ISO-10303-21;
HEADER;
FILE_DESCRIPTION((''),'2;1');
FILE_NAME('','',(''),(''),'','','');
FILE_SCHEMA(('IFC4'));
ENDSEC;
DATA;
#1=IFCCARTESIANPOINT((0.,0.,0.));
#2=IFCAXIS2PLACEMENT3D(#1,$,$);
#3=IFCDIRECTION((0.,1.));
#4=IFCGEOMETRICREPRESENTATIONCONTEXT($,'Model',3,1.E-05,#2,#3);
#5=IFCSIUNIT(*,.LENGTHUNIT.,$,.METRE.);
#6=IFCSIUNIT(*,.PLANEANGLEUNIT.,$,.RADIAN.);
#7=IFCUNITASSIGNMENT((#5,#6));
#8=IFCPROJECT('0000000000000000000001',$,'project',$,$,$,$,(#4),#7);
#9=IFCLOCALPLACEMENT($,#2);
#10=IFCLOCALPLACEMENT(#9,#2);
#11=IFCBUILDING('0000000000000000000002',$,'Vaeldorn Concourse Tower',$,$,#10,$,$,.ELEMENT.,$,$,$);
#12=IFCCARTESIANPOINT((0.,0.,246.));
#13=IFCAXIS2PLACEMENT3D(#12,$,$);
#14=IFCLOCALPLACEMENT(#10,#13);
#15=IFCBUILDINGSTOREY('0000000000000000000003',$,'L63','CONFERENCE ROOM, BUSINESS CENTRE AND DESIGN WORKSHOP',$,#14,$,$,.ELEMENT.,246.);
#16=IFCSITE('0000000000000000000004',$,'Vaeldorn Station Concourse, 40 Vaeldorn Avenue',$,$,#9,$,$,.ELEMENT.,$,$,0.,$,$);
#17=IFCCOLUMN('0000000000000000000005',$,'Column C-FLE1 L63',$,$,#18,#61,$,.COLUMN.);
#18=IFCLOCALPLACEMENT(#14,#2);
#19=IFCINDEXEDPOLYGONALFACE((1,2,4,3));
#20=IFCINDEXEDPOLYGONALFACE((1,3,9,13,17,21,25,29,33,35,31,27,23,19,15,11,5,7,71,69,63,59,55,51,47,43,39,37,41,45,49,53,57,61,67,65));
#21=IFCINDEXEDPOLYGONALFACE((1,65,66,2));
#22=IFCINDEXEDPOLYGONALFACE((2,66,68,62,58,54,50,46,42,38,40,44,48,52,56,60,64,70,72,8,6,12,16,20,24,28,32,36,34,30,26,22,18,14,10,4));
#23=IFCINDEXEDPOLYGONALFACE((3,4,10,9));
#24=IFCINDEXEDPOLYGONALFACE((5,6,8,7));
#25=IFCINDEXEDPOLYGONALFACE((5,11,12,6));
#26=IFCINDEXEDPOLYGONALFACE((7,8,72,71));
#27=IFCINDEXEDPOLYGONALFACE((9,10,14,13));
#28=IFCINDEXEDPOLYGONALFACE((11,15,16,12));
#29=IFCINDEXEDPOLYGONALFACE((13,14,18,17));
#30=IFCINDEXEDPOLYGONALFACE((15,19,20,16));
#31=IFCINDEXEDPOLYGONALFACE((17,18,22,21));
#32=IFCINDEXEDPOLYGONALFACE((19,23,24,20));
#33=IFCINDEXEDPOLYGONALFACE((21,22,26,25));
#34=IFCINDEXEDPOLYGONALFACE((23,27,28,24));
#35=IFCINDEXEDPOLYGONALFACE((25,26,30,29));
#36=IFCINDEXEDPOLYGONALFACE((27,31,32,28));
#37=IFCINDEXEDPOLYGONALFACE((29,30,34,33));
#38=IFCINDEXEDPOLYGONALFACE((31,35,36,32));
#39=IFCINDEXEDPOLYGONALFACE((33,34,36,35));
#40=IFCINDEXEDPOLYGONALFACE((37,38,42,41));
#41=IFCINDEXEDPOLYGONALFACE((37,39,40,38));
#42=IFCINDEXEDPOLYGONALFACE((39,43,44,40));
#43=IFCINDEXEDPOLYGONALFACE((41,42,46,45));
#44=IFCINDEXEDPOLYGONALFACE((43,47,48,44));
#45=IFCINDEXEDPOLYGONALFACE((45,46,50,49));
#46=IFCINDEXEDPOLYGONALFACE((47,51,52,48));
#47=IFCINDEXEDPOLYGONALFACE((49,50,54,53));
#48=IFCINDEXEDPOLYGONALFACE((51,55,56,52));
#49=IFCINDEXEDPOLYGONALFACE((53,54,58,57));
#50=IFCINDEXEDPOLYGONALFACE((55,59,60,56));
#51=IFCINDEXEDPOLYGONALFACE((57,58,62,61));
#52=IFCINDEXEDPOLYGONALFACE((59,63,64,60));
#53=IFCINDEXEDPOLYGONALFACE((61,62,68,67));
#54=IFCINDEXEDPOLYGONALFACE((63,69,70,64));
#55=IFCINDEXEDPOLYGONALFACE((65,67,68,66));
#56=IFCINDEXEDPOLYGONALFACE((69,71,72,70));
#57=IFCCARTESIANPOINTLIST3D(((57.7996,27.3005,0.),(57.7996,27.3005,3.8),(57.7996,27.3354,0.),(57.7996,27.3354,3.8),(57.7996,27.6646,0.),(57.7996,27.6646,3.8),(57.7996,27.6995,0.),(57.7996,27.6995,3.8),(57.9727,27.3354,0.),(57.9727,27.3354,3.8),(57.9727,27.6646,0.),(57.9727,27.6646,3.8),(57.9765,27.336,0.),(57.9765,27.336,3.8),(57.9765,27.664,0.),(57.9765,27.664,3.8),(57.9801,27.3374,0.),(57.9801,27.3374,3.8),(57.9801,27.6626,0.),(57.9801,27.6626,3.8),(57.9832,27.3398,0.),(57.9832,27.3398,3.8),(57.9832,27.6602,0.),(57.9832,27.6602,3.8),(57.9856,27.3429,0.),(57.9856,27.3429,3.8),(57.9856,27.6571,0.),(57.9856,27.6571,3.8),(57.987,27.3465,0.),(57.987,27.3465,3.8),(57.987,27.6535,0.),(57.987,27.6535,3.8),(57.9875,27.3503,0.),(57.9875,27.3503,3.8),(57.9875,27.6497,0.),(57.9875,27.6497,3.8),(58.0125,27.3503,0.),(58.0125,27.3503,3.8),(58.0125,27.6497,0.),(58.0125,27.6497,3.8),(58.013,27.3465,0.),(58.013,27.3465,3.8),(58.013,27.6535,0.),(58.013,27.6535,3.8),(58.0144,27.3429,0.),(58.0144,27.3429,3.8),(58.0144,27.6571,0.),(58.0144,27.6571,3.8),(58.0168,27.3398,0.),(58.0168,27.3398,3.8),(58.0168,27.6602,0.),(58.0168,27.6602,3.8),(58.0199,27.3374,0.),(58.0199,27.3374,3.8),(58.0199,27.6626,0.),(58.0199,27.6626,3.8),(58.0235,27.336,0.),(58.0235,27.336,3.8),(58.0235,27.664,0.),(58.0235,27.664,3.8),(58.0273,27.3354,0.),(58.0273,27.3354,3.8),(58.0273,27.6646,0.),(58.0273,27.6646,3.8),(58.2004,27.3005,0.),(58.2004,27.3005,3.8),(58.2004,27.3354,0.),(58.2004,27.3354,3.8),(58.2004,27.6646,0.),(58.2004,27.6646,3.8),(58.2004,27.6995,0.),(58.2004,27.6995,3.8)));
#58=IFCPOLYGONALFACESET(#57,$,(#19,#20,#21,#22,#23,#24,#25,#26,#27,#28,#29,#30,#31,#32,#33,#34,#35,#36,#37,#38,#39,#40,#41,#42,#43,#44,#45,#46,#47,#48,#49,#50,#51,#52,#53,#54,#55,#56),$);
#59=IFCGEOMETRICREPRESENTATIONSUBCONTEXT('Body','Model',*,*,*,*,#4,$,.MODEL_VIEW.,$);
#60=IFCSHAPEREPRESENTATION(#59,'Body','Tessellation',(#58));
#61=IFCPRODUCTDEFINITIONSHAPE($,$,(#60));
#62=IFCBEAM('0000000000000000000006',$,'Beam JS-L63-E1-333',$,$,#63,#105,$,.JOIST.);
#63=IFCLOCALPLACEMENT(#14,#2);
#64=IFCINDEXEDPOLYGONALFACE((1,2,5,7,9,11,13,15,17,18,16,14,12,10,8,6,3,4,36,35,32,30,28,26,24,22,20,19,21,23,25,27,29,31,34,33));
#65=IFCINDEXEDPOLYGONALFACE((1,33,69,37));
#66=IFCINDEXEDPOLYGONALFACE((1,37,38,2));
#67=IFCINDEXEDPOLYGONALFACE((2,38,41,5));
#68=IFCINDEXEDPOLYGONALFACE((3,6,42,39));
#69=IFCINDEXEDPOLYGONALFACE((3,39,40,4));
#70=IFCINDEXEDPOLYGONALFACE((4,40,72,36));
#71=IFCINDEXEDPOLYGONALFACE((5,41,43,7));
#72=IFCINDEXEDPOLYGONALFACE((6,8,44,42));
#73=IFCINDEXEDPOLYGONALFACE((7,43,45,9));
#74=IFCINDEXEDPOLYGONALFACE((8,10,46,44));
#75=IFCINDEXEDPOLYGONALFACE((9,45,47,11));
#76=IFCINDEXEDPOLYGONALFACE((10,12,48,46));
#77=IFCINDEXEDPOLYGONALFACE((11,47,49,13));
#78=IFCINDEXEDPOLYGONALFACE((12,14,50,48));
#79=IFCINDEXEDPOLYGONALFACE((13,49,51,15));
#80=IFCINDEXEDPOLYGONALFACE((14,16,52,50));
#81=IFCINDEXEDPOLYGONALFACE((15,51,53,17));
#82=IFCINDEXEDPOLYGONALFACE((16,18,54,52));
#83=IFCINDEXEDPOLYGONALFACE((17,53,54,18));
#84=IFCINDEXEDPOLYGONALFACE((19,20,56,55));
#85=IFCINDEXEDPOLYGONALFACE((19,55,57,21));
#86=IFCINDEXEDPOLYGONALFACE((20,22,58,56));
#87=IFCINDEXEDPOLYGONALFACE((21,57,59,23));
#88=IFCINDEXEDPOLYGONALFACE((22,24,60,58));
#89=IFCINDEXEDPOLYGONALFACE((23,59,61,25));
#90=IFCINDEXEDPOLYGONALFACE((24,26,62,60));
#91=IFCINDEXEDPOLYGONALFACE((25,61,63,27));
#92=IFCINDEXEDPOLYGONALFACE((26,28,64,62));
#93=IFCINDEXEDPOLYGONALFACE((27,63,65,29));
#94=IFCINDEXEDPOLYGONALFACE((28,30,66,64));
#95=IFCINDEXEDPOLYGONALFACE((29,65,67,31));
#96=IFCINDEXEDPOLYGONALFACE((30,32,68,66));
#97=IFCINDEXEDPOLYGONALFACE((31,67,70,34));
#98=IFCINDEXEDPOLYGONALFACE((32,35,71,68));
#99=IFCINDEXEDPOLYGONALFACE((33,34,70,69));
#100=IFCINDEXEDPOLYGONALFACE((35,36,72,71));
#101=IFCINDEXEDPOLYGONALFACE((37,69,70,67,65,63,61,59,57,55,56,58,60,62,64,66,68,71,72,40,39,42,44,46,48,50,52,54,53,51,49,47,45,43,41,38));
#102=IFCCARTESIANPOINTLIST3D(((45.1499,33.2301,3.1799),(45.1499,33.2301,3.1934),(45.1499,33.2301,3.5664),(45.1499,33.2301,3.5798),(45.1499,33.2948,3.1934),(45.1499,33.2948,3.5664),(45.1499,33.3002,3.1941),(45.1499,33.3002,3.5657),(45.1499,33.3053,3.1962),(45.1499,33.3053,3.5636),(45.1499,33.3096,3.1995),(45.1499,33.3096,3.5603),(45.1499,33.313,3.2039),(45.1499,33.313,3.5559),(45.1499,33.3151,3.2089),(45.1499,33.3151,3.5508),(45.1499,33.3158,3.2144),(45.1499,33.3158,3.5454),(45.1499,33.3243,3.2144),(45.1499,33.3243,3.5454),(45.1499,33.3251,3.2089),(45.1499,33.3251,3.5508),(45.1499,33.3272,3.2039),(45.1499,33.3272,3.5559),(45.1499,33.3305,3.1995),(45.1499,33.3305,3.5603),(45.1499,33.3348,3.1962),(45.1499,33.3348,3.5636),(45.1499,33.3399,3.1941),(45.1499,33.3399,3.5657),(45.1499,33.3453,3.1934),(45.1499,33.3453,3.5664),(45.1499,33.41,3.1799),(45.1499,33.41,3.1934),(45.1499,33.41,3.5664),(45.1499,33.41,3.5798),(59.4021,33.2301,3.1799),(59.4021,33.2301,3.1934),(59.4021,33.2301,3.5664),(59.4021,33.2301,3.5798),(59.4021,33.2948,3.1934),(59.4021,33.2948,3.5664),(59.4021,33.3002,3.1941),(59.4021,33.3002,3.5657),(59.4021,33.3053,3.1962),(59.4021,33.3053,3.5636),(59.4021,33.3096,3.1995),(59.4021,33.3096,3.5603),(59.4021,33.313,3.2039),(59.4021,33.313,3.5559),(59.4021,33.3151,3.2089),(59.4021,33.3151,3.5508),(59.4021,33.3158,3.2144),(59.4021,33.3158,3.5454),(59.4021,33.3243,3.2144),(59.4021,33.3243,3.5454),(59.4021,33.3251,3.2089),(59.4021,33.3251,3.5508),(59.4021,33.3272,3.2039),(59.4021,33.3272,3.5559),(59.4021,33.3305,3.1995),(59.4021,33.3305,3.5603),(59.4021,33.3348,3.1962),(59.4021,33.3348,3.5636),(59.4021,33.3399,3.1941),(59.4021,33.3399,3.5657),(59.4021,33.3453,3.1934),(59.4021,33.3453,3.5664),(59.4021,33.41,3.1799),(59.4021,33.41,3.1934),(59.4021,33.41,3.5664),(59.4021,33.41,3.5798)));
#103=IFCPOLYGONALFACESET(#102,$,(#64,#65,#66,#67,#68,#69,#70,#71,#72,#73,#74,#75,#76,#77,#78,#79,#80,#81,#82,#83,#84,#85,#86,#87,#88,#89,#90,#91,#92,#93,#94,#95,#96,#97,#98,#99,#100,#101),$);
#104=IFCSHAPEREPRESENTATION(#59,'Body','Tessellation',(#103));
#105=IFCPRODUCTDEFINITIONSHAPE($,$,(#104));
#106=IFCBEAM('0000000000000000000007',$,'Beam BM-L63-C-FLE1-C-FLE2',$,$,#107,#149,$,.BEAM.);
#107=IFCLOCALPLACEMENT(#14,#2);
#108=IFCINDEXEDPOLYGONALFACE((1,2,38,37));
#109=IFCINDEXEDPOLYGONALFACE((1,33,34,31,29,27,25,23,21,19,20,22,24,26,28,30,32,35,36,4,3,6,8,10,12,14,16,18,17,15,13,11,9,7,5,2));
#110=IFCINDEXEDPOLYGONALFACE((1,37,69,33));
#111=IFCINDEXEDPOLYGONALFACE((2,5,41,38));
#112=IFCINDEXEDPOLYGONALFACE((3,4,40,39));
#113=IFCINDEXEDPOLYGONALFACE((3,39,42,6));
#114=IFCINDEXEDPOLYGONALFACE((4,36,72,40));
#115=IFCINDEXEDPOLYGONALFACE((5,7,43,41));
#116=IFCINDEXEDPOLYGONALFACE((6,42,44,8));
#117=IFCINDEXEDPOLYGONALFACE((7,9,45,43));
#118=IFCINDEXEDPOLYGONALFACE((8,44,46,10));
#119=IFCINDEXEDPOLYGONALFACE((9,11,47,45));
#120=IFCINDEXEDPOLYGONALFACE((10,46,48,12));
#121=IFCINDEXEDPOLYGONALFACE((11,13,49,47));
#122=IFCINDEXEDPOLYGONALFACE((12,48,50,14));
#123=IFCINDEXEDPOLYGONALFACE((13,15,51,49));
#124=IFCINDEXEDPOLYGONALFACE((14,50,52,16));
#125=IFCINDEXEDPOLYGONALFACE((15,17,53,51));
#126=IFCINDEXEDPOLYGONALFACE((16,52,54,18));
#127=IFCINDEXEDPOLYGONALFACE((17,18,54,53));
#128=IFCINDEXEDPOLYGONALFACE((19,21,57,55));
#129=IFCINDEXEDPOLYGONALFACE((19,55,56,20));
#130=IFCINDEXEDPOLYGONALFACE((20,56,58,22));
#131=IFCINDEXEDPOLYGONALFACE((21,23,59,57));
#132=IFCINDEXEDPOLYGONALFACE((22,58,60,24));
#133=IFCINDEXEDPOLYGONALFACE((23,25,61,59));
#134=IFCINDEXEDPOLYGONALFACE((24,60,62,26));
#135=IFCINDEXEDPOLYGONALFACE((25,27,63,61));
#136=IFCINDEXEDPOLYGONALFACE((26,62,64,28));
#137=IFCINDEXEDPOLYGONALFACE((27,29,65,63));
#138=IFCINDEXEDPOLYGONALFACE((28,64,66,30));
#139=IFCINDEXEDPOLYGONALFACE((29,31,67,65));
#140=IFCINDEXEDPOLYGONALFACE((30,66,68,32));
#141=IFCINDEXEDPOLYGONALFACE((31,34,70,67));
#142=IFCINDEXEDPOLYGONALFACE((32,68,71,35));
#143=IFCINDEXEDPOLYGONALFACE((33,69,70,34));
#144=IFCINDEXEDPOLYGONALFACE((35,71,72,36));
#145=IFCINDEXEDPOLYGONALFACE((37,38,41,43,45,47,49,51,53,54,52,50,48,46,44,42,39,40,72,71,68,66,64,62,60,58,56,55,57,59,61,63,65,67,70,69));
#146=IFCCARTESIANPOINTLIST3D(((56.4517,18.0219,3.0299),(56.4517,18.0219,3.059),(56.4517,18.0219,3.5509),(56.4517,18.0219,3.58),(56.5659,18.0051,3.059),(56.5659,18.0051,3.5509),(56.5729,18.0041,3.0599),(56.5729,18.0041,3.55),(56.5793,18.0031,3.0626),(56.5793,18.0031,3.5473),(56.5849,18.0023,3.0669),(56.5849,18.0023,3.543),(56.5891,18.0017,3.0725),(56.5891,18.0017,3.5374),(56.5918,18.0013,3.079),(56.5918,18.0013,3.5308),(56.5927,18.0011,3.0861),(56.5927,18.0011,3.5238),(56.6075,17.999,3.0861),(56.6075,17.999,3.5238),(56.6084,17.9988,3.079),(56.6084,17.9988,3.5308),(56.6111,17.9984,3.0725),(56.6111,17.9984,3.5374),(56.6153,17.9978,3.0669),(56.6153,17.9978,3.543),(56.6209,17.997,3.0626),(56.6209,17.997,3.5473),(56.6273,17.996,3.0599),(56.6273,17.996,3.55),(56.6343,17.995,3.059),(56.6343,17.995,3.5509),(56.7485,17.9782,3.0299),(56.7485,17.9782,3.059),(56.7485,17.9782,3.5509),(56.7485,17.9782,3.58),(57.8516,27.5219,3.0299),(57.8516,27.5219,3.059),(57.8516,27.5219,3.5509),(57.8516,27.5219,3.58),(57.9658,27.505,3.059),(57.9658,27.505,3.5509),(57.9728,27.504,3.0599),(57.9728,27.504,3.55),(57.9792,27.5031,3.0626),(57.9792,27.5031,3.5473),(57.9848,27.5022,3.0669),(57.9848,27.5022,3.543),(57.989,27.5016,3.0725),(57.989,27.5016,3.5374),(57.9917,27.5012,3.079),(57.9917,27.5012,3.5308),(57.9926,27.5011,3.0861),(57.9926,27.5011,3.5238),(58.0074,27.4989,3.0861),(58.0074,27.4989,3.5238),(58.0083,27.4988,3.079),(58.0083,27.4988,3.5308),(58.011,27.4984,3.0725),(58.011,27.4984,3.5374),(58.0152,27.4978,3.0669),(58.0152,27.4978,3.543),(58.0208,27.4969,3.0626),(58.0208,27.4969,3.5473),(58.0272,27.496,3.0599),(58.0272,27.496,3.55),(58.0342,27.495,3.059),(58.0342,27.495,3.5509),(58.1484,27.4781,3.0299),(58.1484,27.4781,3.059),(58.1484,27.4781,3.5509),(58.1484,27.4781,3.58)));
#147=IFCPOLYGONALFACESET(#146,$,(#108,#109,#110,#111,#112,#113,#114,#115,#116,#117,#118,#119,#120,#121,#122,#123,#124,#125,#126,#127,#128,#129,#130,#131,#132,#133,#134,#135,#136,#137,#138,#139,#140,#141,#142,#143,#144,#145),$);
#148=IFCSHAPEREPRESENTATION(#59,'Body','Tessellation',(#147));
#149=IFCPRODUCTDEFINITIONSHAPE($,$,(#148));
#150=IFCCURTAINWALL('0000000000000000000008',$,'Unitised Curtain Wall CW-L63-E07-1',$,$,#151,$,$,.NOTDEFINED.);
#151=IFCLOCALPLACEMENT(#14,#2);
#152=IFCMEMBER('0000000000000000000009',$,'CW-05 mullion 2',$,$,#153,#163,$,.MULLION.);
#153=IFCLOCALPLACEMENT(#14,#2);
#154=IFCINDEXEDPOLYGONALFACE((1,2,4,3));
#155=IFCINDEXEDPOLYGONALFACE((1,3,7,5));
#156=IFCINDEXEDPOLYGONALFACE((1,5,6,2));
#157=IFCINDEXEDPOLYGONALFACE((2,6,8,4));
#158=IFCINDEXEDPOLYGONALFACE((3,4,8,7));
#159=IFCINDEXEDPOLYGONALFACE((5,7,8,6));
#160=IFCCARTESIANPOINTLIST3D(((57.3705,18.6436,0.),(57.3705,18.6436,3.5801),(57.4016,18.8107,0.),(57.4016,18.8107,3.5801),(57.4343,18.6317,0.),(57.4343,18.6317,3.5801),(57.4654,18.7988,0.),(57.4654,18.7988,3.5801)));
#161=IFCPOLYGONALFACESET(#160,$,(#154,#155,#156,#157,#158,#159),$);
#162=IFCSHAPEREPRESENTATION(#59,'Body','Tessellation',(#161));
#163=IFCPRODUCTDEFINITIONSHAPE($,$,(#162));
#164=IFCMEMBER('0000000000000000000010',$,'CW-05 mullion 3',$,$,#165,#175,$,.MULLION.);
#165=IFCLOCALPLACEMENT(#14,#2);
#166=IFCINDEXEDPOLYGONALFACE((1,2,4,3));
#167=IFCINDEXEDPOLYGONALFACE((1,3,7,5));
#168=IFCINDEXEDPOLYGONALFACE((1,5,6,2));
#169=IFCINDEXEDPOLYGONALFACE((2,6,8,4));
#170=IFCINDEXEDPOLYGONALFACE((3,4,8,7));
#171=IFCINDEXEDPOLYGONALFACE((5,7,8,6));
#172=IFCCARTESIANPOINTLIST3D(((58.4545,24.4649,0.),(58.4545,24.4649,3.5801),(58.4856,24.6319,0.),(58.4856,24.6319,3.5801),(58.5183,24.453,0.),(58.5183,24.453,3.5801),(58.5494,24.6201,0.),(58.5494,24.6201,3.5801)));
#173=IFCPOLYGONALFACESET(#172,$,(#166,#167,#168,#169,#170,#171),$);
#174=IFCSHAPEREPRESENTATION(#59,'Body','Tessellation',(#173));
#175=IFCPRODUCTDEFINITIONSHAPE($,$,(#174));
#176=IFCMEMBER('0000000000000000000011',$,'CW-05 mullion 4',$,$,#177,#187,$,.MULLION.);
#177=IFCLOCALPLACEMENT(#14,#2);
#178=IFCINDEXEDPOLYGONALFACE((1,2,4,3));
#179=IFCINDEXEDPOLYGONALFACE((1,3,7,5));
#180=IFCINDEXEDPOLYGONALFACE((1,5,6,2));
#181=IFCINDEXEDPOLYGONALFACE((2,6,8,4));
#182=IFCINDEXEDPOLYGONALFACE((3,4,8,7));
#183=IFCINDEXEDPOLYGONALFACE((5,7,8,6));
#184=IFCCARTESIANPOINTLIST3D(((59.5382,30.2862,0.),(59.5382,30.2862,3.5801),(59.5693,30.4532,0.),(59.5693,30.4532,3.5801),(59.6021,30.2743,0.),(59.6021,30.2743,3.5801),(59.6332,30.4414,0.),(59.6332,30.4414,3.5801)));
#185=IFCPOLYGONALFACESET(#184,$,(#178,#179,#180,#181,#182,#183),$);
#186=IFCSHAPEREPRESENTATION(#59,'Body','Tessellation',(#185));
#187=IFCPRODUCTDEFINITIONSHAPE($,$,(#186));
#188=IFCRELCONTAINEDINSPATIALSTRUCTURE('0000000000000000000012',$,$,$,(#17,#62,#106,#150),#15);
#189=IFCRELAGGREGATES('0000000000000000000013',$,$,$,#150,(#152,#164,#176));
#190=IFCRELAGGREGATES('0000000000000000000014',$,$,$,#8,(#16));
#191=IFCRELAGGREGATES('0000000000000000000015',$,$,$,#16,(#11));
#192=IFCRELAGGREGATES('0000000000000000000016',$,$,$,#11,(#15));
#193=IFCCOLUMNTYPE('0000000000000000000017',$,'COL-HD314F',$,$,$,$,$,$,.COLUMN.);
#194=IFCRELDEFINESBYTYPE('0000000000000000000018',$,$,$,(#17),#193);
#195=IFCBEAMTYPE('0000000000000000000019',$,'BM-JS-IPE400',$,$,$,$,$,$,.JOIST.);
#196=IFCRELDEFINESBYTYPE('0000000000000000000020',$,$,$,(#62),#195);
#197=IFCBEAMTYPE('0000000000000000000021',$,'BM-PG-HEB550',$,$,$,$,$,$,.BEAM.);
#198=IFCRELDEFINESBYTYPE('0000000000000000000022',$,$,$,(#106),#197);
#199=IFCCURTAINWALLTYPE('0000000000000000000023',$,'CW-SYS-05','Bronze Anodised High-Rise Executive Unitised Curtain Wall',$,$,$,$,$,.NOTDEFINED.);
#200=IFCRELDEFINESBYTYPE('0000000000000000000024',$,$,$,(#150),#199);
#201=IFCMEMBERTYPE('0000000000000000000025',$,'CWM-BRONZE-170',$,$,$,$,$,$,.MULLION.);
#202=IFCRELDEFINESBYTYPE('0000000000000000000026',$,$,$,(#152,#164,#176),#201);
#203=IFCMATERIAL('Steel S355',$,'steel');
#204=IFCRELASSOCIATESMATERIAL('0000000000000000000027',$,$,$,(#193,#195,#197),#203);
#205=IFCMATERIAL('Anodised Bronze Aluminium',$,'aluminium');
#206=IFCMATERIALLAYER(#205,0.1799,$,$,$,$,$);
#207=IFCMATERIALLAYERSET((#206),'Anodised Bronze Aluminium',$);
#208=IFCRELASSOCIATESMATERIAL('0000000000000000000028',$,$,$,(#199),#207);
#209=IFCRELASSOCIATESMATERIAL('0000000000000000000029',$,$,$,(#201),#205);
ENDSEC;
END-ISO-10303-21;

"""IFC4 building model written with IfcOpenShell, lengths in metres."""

from ifc_helpers import new_model, si_unit, direction, frame, origin, origin_2d, place, context, subcontext, project, spatial, rectangle, i_section, extrude, source, transform, mapped, material, layer, layer_set, material_profile, profile_set, type_object, element, aggregate, save


model = new_model("IFC4")

# Units and contexts
model_context = context("Model", 3, precision=1e-05, world=origin(), true_north=direction((0.0, 1.0)))
body_context = subcontext(model_context, "Body", "Model", "MODEL_VIEW")
ifc_project = project(units=[si_unit("LENGTHUNIT", "METRE"), si_unit("PLANEANGLEUNIT", "RADIAN")], contexts=[model_context])

# Site, building, storey
site_placement = place(None, origin())
site = spatial("IfcSite", under=ifc_project, at=site_placement, Name="Vaeldorn Station Concourse, 40 Vaeldorn Avenue", CompositionType="ELEMENT", RefElevation=0.0)
building_placement = place(site_placement, origin())
building = spatial("IfcBuilding", under=site, at=building_placement, Name="Vaeldorn Concourse Tower", CompositionType="ELEMENT")
storey_placement = place(building_placement, frame((0.0, 0.0, 246.0)))
storey = spatial("IfcBuildingStorey", under=building, at=storey_placement, Name="L63", Description="CONFERENCE ROOM, BUSINESS CENTRE AND DESIGN WORKSHOP", CompositionType="ELEMENT", Elevation=246.0)

# Column
ifc_material_1 = material(Name="Steel S355", Category="steel")
ifc_material_profile_1 = material_profile(ifc_material_1, i_section(OverallWidth=0.4009, OverallDepth=0.3989, WebThickness=0.0249, FlangeThickness=0.0349, FilletRadius=0.0149, at=origin_2d()), Name="HD 400x314")
ifc_profile_set_1 = profile_set([ifc_material_profile_1], Name="Steel S355")
column_type = type_object("IfcColumnType", Name="COL-HD314F", PredefinedType="COLUMN", material=ifc_profile_set_1)
shared_shape_1 = source(origin(), body_context, "Body", "SweptSolid", [
    extrude(i_section(OverallWidth=0.4009, OverallDepth=0.3989, WebThickness=0.0249, FlangeThickness=0.0349, FilletRadius=0.0149, at=origin_2d()), origin(), (0.0, 0.0, 1.0), 3.8),
])
column_placement = place(storey_placement, frame((58.0, 27.5, 0.0), z_axis=(0.0, 0.0, 1.0), x_axis=(1.0, 0.0, 0.0)))
element("IfcColumn", 1, at=column_placement, inside=storey, type_object=column_type, Name="Column C-FLE1 L63", PredefinedType="COLUMN", context=body_context, shape_type="MappedRepresentation", body=[
    mapped(shared_shape_1, transform((0.0, 0.0, 0.0), scale=1.0)),
])

# Beams
ifc_material_profile_2 = material_profile(ifc_material_1, i_section(OverallWidth=0.1799, OverallDepth=0.3999, WebThickness=0.0085, FlangeThickness=0.0134, FilletRadius=0.021, at=origin_2d()), Name="IPE 400")
ifc_profile_set_2 = profile_set([ifc_material_profile_2], Name="Steel S355")
beam_type_1 = type_object("IfcBeamType", Name="BM-JS-IPE400", PredefinedType="JOIST", material=ifc_profile_set_2)
shared_shape_2 = source(origin(), body_context, "Body", "SweptSolid", [
    extrude(i_section(OverallWidth=0.1799, OverallDepth=0.3999, WebThickness=0.0085, FlangeThickness=0.0134, FilletRadius=0.021, at=origin_2d()), origin(), (0.0, 0.0, 1.0), 14.2522),
])
beam_1_placement = place(storey_placement, frame((45.1499, 33.3201, 3.3799), z_axis=(1.0, 0.0, 0.0), x_axis=(0.0, 1.0, 0.0)))
element("IfcBeam", 2, at=beam_1_placement, inside=storey, type_object=beam_type_1, Name="Beam JS-L63-E1-333", PredefinedType="JOIST", context=body_context, shape_type="MappedRepresentation", body=[
    mapped(shared_shape_2, transform((0.0, 0.0, 0.0), scale=1.0)),
])
ifc_material_profile_3 = material_profile(ifc_material_1, i_section(OverallWidth=0.3, OverallDepth=0.55, WebThickness=0.0149, FlangeThickness=0.0291, FilletRadius=0.0271, at=origin_2d()), Name="HEB 550")
ifc_profile_set_3 = profile_set([ifc_material_profile_3], Name="Steel S355")
beam_type_2 = type_object("IfcBeamType", Name="BM-PG-HEB550", PredefinedType="BEAM", material=ifc_profile_set_3)
shared_shape_3 = source(origin(), body_context, "Body", "SweptSolid", [
    extrude(i_section(OverallWidth=0.3, OverallDepth=0.55, WebThickness=0.0149, FlangeThickness=0.0291, FilletRadius=0.0271, at=origin_2d()), origin(), (0.0, 0.0, 1.0), 9.6025),
])
beam_2_placement = place(storey_placement, frame((58.0, 27.5, 3.3049), z_axis=(-0.145784, -0.989316, 0.0), x_axis=(0.989316, -0.145784, 0.0)))
element("IfcBeam", 3, at=beam_2_placement, inside=storey, type_object=beam_type_2, Name="Beam BM-L63-C-FLE1-C-FLE2", PredefinedType="BEAM", context=body_context, shape_type="MappedRepresentation", body=[
    mapped(shared_shape_3, transform((0.0, 0.0, 0.0), scale=1.0)),
])

# Curtain wall, members
ifc_material_2 = material(Name="Anodised Bronze Aluminium", Category="aluminium")
ifc_layer_1 = layer(ifc_material_2, 0.1799)
ifc_layer_set_1 = layer_set([ifc_layer_1], Name="Anodised Bronze Aluminium")
curtain_wall_type = type_object("IfcCurtainWallType", Name="CW-SYS-05", Description="Bronze Anodised High-Rise Executive Unitised Curtain Wall", PredefinedType="NOTDEFINED", material=ifc_layer_set_1)
curtain_wall_1_placement = place(storey_placement, origin())
curtain_wall_1 = element("IfcCurtainWall", 4, at=curtain_wall_1_placement, inside=storey, type_object=curtain_wall_type, Name="Unitised Curtain Wall CW-L63-E07-1", PredefinedType="NOTDEFINED")
ifc_material_profile_4 = material_profile(ifc_material_2, rectangle(XDim=0.0649, YDim=0.1699, at=origin_2d()), Name="CWM 65x170")
ifc_profile_set_4 = profile_set([ifc_material_profile_4], Name="Anodised Bronze Aluminium")
member_type_1 = type_object("IfcMemberType", Name="CWM-BRONZE-170", PredefinedType="MULLION", material=ifc_profile_set_4)
shared_shape_4 = source(origin(), body_context, "Body", "SweptSolid", [
    extrude(rectangle(XDim=0.0649, YDim=0.1699, at=origin_2d()), origin(), (0.0, 0.0, 1.0), 3.5801),
])
member_1_placement = place(storey_placement, frame((57.418, 18.7212, 0.0), z_axis=(0.0, 0.0, 1.0), x_axis=(-0.983103, 0.183055, 0.0)))
member_1 = element("IfcMember", 5, at=member_1_placement, type_object=member_type_1, Name="CW-05 mullion 2", PredefinedType="MULLION", context=body_context, shape_type="MappedRepresentation", body=[
    mapped(shared_shape_4, transform((0.0, 0.0, 0.0), scale=1.0)),
])
member_2_placement = place(storey_placement, frame((58.502, 24.5425, 0.0), z_axis=(0.0, 0.0, 1.0), x_axis=(-0.983103, 0.183055, 0.0)))
member_2 = element("IfcMember", 6, at=member_2_placement, type_object=member_type_1, Name="CW-05 mullion 3", PredefinedType="MULLION", context=body_context, shape_type="MappedRepresentation", body=[
    mapped(shared_shape_4, transform((0.0, 0.0, 0.0), scale=1.0)),
])
member_3_placement = place(storey_placement, frame((59.5857, 30.3638, 0.0), z_axis=(0.0, 0.0, 1.0), x_axis=(-0.983103, 0.183055, 0.0)))
member_3 = element("IfcMember", 7, at=member_3_placement, type_object=member_type_1, Name="CW-05 mullion 4", PredefinedType="MULLION", context=body_context, shape_type="MappedRepresentation", body=[
    mapped(shared_shape_4, transform((0.0, 0.0, 0.0), scale=1.0)),
])

aggregate(curtain_wall_1, [member_1, member_2, member_3])

save(model, "model.ifc")
